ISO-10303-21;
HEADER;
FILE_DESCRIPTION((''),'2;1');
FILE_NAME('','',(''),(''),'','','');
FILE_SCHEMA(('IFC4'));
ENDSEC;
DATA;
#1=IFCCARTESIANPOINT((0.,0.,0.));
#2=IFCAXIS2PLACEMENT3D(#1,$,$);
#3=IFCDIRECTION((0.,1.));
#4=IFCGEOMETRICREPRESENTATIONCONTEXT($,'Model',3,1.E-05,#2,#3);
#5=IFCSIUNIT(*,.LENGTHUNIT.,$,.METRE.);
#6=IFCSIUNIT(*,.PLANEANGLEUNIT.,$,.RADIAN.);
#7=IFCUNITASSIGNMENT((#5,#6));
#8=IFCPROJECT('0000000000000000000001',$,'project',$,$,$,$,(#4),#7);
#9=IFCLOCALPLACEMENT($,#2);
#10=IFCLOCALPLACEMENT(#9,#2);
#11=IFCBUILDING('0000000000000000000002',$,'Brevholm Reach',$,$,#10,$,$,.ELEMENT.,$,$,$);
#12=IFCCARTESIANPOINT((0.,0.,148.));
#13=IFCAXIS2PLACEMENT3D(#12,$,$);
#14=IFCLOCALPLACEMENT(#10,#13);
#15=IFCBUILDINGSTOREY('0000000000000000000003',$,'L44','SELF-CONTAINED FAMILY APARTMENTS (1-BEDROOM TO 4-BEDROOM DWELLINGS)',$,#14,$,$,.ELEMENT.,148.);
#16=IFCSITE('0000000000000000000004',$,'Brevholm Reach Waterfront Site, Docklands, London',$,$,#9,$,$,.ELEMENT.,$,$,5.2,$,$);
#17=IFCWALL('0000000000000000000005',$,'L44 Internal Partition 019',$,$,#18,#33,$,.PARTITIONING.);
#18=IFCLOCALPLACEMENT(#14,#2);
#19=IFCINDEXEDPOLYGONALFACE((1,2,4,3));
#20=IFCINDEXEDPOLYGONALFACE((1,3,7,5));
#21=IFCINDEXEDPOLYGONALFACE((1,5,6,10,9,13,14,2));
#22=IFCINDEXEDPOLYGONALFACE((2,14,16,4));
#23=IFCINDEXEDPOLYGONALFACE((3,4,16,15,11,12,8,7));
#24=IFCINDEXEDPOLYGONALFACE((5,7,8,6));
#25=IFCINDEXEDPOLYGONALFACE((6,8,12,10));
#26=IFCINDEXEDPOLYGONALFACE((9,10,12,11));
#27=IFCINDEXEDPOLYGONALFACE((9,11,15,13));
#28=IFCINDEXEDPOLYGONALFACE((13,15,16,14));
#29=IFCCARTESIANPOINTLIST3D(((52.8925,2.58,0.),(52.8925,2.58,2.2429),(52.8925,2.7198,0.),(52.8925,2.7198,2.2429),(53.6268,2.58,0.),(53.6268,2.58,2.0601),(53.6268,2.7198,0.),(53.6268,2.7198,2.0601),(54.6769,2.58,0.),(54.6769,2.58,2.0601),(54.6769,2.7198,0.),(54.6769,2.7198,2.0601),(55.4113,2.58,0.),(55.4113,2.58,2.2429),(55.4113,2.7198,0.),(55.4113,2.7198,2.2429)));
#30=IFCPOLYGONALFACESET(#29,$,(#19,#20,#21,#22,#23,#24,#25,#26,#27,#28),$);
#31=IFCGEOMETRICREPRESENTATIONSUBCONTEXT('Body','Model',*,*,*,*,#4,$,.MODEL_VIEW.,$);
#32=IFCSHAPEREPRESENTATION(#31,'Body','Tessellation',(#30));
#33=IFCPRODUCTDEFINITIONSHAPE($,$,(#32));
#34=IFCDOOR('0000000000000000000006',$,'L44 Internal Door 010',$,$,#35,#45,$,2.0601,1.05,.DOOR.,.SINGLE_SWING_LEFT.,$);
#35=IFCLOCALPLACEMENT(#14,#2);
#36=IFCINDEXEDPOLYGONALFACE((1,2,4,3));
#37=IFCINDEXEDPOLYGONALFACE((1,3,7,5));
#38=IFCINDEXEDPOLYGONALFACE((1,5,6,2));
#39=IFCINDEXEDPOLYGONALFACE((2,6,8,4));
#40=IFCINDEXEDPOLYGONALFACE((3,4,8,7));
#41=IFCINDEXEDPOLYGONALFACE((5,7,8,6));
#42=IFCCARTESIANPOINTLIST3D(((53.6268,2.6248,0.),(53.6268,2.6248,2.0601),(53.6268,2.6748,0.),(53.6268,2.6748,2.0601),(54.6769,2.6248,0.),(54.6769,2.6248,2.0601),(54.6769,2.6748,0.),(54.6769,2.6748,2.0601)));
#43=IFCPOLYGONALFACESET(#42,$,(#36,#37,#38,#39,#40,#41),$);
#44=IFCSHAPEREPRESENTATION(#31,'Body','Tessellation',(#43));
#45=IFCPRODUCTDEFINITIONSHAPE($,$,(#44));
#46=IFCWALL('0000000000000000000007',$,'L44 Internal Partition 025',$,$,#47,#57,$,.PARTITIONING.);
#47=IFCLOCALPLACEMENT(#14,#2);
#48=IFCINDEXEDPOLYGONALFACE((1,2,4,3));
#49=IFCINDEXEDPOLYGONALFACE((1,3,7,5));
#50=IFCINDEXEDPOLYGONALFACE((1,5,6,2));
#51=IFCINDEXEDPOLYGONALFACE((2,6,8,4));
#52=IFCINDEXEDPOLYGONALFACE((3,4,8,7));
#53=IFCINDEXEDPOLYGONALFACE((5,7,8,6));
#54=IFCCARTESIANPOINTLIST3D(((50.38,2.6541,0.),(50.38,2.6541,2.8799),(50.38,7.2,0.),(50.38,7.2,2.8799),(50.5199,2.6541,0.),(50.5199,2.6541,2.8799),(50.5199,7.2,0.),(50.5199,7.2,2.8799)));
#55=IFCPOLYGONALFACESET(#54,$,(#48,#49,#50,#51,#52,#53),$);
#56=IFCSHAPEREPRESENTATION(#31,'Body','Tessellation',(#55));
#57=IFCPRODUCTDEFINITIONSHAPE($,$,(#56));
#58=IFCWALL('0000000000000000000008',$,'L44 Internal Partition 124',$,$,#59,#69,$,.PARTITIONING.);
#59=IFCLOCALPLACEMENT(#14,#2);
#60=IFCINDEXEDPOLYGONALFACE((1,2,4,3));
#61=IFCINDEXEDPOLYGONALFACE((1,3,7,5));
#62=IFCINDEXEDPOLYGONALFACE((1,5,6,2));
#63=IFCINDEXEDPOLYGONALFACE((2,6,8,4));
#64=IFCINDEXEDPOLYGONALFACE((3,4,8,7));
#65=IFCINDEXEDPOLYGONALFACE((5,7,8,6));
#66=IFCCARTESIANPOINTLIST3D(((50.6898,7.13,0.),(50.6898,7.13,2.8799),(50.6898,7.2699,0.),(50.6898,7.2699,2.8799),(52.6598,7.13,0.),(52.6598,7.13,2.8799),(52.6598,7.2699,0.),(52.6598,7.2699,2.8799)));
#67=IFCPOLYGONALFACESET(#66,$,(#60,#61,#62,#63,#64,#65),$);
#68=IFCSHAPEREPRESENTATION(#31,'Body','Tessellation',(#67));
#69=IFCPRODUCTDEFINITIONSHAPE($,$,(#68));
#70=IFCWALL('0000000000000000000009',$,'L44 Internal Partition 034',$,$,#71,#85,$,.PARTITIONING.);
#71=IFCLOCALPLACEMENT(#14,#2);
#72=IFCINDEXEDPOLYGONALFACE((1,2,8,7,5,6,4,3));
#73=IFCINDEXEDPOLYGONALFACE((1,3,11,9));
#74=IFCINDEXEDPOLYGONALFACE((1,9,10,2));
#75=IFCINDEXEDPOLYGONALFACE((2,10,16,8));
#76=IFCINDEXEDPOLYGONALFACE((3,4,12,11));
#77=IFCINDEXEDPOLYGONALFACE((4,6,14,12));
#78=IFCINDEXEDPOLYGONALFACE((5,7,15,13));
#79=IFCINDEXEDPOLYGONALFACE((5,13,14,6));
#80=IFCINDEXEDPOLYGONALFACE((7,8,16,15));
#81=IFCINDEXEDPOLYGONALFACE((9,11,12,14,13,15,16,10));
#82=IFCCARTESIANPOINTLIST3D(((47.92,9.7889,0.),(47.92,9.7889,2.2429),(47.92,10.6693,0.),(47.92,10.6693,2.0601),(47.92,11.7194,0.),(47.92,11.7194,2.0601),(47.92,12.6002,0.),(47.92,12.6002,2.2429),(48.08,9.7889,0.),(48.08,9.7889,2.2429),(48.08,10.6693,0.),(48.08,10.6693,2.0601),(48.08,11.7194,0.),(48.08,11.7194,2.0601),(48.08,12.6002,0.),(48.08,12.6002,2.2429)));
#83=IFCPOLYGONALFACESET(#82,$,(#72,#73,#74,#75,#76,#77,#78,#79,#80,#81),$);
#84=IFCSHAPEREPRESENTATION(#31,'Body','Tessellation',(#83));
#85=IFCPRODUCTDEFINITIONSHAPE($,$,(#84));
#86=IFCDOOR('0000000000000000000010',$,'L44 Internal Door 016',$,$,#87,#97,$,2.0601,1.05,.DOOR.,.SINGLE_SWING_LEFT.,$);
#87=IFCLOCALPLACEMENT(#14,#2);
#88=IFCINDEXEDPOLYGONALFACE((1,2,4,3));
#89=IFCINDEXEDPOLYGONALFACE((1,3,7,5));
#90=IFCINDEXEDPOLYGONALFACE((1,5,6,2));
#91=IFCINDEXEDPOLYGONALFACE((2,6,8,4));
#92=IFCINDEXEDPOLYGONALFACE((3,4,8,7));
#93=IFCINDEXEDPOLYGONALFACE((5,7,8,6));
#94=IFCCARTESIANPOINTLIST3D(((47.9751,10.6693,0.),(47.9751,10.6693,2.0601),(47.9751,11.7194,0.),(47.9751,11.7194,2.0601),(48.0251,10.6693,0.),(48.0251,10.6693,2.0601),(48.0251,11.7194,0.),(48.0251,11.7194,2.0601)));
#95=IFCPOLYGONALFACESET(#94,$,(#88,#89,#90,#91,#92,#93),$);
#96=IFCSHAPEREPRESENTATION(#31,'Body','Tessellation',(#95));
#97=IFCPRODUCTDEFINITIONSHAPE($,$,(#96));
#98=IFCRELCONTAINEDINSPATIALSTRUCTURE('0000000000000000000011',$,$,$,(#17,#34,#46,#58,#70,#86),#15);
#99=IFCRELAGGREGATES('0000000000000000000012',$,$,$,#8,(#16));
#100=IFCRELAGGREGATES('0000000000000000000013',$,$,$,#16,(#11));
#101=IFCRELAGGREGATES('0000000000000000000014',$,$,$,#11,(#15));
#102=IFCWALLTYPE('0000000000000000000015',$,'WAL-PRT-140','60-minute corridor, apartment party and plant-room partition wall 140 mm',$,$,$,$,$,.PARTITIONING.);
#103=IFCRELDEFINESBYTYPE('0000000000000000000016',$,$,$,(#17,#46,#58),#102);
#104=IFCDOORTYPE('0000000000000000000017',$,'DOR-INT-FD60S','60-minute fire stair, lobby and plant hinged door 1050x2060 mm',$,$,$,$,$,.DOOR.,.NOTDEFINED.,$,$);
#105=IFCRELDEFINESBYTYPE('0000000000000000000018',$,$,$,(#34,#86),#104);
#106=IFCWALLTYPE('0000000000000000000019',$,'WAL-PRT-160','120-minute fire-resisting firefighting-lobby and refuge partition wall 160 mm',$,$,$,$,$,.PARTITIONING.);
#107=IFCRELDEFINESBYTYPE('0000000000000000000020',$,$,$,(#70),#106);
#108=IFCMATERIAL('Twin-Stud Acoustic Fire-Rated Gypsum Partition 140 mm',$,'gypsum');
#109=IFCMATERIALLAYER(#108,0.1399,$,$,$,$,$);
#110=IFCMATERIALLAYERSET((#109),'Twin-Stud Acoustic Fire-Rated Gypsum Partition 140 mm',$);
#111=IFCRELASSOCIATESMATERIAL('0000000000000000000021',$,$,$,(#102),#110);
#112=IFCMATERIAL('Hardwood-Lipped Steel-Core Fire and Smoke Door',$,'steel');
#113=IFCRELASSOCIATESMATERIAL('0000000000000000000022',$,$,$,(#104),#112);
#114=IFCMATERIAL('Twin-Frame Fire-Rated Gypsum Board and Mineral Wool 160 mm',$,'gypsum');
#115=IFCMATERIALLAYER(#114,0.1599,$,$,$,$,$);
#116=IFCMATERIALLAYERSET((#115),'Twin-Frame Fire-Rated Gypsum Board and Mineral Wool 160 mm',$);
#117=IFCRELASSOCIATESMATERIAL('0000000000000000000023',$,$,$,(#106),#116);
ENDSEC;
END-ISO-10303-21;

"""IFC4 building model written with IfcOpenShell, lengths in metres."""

from ifc_helpers import new_model, si_unit, direction, frame, frame_2d, origin, place, context, subcontext, project, spatial, rectangle, extrude, material, layer, layer_set, type_object, element, fill, save


model = new_model("IFC4")

# Units and contexts
model_context = context("Model", 3, precision=1e-05, world=origin(), true_north=direction((0.0, 1.0)))
body_context = subcontext(model_context, "Body", "Model", "MODEL_VIEW")
ifc_project = project(units=[si_unit("LENGTHUNIT", "METRE"), si_unit("PLANEANGLEUNIT", "RADIAN")], contexts=[model_context])

# Site, building, storey
site_placement = place(None, origin())
site = spatial("IfcSite", under=ifc_project, at=site_placement, Name="Brevholm Reach Waterfront Site, Docklands, London", CompositionType="ELEMENT", RefElevation=5.2)
building_placement = place(site_placement, origin())
building = spatial("IfcBuilding", under=site, at=building_placement, Name="Brevholm Reach", CompositionType="ELEMENT")
storey_placement = place(building_placement, frame((0.0, 0.0, 148.0)))
storey = spatial("IfcBuildingStorey", under=building, at=storey_placement, Name="L44", Description="SELF-CONTAINED FAMILY APARTMENTS (1-BEDROOM TO 4-BEDROOM DWELLINGS)", CompositionType="ELEMENT", Elevation=148.0)

# Wall, opening, door
ifc_material_1 = material(Name="Twin-Stud Acoustic Fire-Rated Gypsum Partition 140 mm", Category="gypsum")
ifc_layer_1 = layer(ifc_material_1, 0.1399)
ifc_layer_set_1 = layer_set([ifc_layer_1], Name="Twin-Stud Acoustic Fire-Rated Gypsum Partition 140 mm")
wall_type_1 = type_object("IfcWallType", Name="WAL-PRT-140", Description="60-minute corridor, apartment party and plant-room partition wall 140 mm", PredefinedType="PARTITIONING", material=ifc_layer_set_1)
ifc_material_2 = material(Name="Hardwood-Lipped Steel-Core Fire and Smoke Door", Category="steel")
door_type_1 = type_object("IfcDoorType", Name="DOR-INT-FD60S", Description="60-minute fire stair, lobby and plant hinged door 1050x2060 mm", OperationType="NOTDEFINED", PredefinedType="DOOR", material=ifc_material_2)
wall_1_placement = place(storey_placement, frame((52.8926, 2.6499, 0.0), z_axis=(0.0, 0.0, 1.0), x_axis=(1.0, 0.0, 0.0)))
wall_1 = element("IfcWall", 1, at=wall_1_placement, inside=storey, type_object=wall_type_1, Name="L44 Internal Partition 019", PredefinedType="PARTITIONING", context=body_context, shape_type="SweptSolid", body=[
    extrude(rectangle(XDim=2.5188, YDim=0.1399, at=frame_2d((1.2593, 0.0))), origin(), (0.0, 0.0, 1.0), 2.2429),
])
opening_1_placement = place(wall_1_placement, frame((0.7344, 0.0, 0.0)))
opening_1 = element("IfcOpeningElement", 2, at=opening_1_placement, cuts=wall_1, PredefinedType="OPENING", context=body_context, shape_type="SweptSolid", body=[
    extrude(rectangle(XDim=1.05, YDim=2.0601, at=frame_2d((0.5249, 1.03))), frame((0.0, 0.0798, 0.0), z_axis=(0.0, -1.0, 0.0), x_axis=(1.0, 0.0, 0.0)), (0.0, 0.0, 1.0), 0.1599),
])
door_1_placement = place(opening_1_placement, origin())
door_1 = element("IfcDoor", 3, at=door_1_placement, inside=storey, type_object=door_type_1, Name="L44 Internal Door 010", OperationType="SINGLE_SWING_LEFT", OverallHeight=2.0601, OverallWidth=1.05, PredefinedType="DOOR", context=body_context, shape_type="SweptSolid", body=[
    extrude(rectangle(XDim=1.05, YDim=2.0601, at=frame_2d((0.5249, 1.03))), frame((0.0, 0.0249, 0.0), z_axis=(0.0, -1.0, 0.0), x_axis=(1.0, 0.0, 0.0)), (0.0, 0.0, 1.0), 0.05),
])
fill(opening_1, door_1)

# Walls
wall_2_placement = place(storey_placement, frame((50.45, 2.6541, 0.0), z_axis=(0.0, 0.0, 1.0), x_axis=(0.0, 1.0, 0.0)))
element("IfcWall", 4, at=wall_2_placement, inside=storey, type_object=wall_type_1, Name="L44 Internal Partition 025", PredefinedType="PARTITIONING", context=body_context, shape_type="SweptSolid", body=[
    extrude(rectangle(XDim=4.5459, YDim=0.1399, at=frame_2d((2.2729, 0.0))), origin(), (0.0, 0.0, 1.0), 2.8799),
])
wall_3_placement = place(storey_placement, frame((50.6899, 7.2, 0.0), z_axis=(0.0, 0.0, 1.0), x_axis=(1.0, 0.0, 0.0)))
element("IfcWall", 5, at=wall_3_placement, inside=storey, type_object=wall_type_1, Name="L44 Internal Partition 124", PredefinedType="PARTITIONING", context=body_context, shape_type="SweptSolid", body=[
    extrude(rectangle(XDim=1.97, YDim=0.1399, at=frame_2d((0.9849, 0.0))), origin(), (0.0, 0.0, 1.0), 2.8799),
])

# Wall, opening, door
ifc_material_3 = material(Name="Twin-Frame Fire-Rated Gypsum Board and Mineral Wool 160 mm", Category="gypsum")
ifc_layer_2 = layer(ifc_material_3, 0.1599)
ifc_layer_set_2 = layer_set([ifc_layer_2], Name="Twin-Frame Fire-Rated Gypsum Board and Mineral Wool 160 mm")
wall_type_2 = type_object("IfcWallType", Name="WAL-PRT-160", Description="120-minute fire-resisting firefighting-lobby and refuge partition wall 160 mm", PredefinedType="PARTITIONING", material=ifc_layer_set_2)
wall_4_placement = place(storey_placement, frame((48.0, 9.7888, 0.0), z_axis=(0.0, 0.0, 1.0), x_axis=(0.0, 1.0, 0.0)))
wall_4 = element("IfcWall", 6, at=wall_4_placement, inside=storey, type_object=wall_type_2, Name="L44 Internal Partition 034", PredefinedType="PARTITIONING", context=body_context, shape_type="SweptSolid", body=[
    extrude(rectangle(XDim=2.8113, YDim=0.1599, at=frame_2d((1.4058, 0.0))), origin(), (0.0, 0.0, 1.0), 2.2429),
])
opening_2_placement = place(wall_4_placement, frame((0.8806, 0.0, 0.0)))
opening_2 = element("IfcOpeningElement", 7, at=opening_2_placement, cuts=wall_4, PredefinedType="OPENING", context=body_context, shape_type="SweptSolid", body=[
    extrude(rectangle(XDim=1.05, YDim=2.0601, at=frame_2d((0.5249, 1.03))), frame((0.0, 0.0898, 0.0), z_axis=(0.0, -1.0, 0.0), x_axis=(1.0, 0.0, 0.0)), (0.0, 0.0, 1.0), 0.1799),
])
door_2_placement = place(opening_2_placement, origin())
door_2 = element("IfcDoor", 8, at=door_2_placement, inside=storey, type_object=door_type_1, Name="L44 Internal Door 016", OperationType="SINGLE_SWING_LEFT", OverallHeight=2.0601, OverallWidth=1.05, PredefinedType="DOOR", context=body_context, shape_type="SweptSolid", body=[
    extrude(rectangle(XDim=1.05, YDim=2.0601, at=frame_2d((0.5249, 1.03))), frame((0.0, 0.0249, 0.0), z_axis=(0.0, -1.0, 0.0), x_axis=(1.0, 0.0, 0.0)), (0.0, 0.0, 1.0), 0.05),
])
fill(opening_2, door_2)

save(model, "model.ifc")
